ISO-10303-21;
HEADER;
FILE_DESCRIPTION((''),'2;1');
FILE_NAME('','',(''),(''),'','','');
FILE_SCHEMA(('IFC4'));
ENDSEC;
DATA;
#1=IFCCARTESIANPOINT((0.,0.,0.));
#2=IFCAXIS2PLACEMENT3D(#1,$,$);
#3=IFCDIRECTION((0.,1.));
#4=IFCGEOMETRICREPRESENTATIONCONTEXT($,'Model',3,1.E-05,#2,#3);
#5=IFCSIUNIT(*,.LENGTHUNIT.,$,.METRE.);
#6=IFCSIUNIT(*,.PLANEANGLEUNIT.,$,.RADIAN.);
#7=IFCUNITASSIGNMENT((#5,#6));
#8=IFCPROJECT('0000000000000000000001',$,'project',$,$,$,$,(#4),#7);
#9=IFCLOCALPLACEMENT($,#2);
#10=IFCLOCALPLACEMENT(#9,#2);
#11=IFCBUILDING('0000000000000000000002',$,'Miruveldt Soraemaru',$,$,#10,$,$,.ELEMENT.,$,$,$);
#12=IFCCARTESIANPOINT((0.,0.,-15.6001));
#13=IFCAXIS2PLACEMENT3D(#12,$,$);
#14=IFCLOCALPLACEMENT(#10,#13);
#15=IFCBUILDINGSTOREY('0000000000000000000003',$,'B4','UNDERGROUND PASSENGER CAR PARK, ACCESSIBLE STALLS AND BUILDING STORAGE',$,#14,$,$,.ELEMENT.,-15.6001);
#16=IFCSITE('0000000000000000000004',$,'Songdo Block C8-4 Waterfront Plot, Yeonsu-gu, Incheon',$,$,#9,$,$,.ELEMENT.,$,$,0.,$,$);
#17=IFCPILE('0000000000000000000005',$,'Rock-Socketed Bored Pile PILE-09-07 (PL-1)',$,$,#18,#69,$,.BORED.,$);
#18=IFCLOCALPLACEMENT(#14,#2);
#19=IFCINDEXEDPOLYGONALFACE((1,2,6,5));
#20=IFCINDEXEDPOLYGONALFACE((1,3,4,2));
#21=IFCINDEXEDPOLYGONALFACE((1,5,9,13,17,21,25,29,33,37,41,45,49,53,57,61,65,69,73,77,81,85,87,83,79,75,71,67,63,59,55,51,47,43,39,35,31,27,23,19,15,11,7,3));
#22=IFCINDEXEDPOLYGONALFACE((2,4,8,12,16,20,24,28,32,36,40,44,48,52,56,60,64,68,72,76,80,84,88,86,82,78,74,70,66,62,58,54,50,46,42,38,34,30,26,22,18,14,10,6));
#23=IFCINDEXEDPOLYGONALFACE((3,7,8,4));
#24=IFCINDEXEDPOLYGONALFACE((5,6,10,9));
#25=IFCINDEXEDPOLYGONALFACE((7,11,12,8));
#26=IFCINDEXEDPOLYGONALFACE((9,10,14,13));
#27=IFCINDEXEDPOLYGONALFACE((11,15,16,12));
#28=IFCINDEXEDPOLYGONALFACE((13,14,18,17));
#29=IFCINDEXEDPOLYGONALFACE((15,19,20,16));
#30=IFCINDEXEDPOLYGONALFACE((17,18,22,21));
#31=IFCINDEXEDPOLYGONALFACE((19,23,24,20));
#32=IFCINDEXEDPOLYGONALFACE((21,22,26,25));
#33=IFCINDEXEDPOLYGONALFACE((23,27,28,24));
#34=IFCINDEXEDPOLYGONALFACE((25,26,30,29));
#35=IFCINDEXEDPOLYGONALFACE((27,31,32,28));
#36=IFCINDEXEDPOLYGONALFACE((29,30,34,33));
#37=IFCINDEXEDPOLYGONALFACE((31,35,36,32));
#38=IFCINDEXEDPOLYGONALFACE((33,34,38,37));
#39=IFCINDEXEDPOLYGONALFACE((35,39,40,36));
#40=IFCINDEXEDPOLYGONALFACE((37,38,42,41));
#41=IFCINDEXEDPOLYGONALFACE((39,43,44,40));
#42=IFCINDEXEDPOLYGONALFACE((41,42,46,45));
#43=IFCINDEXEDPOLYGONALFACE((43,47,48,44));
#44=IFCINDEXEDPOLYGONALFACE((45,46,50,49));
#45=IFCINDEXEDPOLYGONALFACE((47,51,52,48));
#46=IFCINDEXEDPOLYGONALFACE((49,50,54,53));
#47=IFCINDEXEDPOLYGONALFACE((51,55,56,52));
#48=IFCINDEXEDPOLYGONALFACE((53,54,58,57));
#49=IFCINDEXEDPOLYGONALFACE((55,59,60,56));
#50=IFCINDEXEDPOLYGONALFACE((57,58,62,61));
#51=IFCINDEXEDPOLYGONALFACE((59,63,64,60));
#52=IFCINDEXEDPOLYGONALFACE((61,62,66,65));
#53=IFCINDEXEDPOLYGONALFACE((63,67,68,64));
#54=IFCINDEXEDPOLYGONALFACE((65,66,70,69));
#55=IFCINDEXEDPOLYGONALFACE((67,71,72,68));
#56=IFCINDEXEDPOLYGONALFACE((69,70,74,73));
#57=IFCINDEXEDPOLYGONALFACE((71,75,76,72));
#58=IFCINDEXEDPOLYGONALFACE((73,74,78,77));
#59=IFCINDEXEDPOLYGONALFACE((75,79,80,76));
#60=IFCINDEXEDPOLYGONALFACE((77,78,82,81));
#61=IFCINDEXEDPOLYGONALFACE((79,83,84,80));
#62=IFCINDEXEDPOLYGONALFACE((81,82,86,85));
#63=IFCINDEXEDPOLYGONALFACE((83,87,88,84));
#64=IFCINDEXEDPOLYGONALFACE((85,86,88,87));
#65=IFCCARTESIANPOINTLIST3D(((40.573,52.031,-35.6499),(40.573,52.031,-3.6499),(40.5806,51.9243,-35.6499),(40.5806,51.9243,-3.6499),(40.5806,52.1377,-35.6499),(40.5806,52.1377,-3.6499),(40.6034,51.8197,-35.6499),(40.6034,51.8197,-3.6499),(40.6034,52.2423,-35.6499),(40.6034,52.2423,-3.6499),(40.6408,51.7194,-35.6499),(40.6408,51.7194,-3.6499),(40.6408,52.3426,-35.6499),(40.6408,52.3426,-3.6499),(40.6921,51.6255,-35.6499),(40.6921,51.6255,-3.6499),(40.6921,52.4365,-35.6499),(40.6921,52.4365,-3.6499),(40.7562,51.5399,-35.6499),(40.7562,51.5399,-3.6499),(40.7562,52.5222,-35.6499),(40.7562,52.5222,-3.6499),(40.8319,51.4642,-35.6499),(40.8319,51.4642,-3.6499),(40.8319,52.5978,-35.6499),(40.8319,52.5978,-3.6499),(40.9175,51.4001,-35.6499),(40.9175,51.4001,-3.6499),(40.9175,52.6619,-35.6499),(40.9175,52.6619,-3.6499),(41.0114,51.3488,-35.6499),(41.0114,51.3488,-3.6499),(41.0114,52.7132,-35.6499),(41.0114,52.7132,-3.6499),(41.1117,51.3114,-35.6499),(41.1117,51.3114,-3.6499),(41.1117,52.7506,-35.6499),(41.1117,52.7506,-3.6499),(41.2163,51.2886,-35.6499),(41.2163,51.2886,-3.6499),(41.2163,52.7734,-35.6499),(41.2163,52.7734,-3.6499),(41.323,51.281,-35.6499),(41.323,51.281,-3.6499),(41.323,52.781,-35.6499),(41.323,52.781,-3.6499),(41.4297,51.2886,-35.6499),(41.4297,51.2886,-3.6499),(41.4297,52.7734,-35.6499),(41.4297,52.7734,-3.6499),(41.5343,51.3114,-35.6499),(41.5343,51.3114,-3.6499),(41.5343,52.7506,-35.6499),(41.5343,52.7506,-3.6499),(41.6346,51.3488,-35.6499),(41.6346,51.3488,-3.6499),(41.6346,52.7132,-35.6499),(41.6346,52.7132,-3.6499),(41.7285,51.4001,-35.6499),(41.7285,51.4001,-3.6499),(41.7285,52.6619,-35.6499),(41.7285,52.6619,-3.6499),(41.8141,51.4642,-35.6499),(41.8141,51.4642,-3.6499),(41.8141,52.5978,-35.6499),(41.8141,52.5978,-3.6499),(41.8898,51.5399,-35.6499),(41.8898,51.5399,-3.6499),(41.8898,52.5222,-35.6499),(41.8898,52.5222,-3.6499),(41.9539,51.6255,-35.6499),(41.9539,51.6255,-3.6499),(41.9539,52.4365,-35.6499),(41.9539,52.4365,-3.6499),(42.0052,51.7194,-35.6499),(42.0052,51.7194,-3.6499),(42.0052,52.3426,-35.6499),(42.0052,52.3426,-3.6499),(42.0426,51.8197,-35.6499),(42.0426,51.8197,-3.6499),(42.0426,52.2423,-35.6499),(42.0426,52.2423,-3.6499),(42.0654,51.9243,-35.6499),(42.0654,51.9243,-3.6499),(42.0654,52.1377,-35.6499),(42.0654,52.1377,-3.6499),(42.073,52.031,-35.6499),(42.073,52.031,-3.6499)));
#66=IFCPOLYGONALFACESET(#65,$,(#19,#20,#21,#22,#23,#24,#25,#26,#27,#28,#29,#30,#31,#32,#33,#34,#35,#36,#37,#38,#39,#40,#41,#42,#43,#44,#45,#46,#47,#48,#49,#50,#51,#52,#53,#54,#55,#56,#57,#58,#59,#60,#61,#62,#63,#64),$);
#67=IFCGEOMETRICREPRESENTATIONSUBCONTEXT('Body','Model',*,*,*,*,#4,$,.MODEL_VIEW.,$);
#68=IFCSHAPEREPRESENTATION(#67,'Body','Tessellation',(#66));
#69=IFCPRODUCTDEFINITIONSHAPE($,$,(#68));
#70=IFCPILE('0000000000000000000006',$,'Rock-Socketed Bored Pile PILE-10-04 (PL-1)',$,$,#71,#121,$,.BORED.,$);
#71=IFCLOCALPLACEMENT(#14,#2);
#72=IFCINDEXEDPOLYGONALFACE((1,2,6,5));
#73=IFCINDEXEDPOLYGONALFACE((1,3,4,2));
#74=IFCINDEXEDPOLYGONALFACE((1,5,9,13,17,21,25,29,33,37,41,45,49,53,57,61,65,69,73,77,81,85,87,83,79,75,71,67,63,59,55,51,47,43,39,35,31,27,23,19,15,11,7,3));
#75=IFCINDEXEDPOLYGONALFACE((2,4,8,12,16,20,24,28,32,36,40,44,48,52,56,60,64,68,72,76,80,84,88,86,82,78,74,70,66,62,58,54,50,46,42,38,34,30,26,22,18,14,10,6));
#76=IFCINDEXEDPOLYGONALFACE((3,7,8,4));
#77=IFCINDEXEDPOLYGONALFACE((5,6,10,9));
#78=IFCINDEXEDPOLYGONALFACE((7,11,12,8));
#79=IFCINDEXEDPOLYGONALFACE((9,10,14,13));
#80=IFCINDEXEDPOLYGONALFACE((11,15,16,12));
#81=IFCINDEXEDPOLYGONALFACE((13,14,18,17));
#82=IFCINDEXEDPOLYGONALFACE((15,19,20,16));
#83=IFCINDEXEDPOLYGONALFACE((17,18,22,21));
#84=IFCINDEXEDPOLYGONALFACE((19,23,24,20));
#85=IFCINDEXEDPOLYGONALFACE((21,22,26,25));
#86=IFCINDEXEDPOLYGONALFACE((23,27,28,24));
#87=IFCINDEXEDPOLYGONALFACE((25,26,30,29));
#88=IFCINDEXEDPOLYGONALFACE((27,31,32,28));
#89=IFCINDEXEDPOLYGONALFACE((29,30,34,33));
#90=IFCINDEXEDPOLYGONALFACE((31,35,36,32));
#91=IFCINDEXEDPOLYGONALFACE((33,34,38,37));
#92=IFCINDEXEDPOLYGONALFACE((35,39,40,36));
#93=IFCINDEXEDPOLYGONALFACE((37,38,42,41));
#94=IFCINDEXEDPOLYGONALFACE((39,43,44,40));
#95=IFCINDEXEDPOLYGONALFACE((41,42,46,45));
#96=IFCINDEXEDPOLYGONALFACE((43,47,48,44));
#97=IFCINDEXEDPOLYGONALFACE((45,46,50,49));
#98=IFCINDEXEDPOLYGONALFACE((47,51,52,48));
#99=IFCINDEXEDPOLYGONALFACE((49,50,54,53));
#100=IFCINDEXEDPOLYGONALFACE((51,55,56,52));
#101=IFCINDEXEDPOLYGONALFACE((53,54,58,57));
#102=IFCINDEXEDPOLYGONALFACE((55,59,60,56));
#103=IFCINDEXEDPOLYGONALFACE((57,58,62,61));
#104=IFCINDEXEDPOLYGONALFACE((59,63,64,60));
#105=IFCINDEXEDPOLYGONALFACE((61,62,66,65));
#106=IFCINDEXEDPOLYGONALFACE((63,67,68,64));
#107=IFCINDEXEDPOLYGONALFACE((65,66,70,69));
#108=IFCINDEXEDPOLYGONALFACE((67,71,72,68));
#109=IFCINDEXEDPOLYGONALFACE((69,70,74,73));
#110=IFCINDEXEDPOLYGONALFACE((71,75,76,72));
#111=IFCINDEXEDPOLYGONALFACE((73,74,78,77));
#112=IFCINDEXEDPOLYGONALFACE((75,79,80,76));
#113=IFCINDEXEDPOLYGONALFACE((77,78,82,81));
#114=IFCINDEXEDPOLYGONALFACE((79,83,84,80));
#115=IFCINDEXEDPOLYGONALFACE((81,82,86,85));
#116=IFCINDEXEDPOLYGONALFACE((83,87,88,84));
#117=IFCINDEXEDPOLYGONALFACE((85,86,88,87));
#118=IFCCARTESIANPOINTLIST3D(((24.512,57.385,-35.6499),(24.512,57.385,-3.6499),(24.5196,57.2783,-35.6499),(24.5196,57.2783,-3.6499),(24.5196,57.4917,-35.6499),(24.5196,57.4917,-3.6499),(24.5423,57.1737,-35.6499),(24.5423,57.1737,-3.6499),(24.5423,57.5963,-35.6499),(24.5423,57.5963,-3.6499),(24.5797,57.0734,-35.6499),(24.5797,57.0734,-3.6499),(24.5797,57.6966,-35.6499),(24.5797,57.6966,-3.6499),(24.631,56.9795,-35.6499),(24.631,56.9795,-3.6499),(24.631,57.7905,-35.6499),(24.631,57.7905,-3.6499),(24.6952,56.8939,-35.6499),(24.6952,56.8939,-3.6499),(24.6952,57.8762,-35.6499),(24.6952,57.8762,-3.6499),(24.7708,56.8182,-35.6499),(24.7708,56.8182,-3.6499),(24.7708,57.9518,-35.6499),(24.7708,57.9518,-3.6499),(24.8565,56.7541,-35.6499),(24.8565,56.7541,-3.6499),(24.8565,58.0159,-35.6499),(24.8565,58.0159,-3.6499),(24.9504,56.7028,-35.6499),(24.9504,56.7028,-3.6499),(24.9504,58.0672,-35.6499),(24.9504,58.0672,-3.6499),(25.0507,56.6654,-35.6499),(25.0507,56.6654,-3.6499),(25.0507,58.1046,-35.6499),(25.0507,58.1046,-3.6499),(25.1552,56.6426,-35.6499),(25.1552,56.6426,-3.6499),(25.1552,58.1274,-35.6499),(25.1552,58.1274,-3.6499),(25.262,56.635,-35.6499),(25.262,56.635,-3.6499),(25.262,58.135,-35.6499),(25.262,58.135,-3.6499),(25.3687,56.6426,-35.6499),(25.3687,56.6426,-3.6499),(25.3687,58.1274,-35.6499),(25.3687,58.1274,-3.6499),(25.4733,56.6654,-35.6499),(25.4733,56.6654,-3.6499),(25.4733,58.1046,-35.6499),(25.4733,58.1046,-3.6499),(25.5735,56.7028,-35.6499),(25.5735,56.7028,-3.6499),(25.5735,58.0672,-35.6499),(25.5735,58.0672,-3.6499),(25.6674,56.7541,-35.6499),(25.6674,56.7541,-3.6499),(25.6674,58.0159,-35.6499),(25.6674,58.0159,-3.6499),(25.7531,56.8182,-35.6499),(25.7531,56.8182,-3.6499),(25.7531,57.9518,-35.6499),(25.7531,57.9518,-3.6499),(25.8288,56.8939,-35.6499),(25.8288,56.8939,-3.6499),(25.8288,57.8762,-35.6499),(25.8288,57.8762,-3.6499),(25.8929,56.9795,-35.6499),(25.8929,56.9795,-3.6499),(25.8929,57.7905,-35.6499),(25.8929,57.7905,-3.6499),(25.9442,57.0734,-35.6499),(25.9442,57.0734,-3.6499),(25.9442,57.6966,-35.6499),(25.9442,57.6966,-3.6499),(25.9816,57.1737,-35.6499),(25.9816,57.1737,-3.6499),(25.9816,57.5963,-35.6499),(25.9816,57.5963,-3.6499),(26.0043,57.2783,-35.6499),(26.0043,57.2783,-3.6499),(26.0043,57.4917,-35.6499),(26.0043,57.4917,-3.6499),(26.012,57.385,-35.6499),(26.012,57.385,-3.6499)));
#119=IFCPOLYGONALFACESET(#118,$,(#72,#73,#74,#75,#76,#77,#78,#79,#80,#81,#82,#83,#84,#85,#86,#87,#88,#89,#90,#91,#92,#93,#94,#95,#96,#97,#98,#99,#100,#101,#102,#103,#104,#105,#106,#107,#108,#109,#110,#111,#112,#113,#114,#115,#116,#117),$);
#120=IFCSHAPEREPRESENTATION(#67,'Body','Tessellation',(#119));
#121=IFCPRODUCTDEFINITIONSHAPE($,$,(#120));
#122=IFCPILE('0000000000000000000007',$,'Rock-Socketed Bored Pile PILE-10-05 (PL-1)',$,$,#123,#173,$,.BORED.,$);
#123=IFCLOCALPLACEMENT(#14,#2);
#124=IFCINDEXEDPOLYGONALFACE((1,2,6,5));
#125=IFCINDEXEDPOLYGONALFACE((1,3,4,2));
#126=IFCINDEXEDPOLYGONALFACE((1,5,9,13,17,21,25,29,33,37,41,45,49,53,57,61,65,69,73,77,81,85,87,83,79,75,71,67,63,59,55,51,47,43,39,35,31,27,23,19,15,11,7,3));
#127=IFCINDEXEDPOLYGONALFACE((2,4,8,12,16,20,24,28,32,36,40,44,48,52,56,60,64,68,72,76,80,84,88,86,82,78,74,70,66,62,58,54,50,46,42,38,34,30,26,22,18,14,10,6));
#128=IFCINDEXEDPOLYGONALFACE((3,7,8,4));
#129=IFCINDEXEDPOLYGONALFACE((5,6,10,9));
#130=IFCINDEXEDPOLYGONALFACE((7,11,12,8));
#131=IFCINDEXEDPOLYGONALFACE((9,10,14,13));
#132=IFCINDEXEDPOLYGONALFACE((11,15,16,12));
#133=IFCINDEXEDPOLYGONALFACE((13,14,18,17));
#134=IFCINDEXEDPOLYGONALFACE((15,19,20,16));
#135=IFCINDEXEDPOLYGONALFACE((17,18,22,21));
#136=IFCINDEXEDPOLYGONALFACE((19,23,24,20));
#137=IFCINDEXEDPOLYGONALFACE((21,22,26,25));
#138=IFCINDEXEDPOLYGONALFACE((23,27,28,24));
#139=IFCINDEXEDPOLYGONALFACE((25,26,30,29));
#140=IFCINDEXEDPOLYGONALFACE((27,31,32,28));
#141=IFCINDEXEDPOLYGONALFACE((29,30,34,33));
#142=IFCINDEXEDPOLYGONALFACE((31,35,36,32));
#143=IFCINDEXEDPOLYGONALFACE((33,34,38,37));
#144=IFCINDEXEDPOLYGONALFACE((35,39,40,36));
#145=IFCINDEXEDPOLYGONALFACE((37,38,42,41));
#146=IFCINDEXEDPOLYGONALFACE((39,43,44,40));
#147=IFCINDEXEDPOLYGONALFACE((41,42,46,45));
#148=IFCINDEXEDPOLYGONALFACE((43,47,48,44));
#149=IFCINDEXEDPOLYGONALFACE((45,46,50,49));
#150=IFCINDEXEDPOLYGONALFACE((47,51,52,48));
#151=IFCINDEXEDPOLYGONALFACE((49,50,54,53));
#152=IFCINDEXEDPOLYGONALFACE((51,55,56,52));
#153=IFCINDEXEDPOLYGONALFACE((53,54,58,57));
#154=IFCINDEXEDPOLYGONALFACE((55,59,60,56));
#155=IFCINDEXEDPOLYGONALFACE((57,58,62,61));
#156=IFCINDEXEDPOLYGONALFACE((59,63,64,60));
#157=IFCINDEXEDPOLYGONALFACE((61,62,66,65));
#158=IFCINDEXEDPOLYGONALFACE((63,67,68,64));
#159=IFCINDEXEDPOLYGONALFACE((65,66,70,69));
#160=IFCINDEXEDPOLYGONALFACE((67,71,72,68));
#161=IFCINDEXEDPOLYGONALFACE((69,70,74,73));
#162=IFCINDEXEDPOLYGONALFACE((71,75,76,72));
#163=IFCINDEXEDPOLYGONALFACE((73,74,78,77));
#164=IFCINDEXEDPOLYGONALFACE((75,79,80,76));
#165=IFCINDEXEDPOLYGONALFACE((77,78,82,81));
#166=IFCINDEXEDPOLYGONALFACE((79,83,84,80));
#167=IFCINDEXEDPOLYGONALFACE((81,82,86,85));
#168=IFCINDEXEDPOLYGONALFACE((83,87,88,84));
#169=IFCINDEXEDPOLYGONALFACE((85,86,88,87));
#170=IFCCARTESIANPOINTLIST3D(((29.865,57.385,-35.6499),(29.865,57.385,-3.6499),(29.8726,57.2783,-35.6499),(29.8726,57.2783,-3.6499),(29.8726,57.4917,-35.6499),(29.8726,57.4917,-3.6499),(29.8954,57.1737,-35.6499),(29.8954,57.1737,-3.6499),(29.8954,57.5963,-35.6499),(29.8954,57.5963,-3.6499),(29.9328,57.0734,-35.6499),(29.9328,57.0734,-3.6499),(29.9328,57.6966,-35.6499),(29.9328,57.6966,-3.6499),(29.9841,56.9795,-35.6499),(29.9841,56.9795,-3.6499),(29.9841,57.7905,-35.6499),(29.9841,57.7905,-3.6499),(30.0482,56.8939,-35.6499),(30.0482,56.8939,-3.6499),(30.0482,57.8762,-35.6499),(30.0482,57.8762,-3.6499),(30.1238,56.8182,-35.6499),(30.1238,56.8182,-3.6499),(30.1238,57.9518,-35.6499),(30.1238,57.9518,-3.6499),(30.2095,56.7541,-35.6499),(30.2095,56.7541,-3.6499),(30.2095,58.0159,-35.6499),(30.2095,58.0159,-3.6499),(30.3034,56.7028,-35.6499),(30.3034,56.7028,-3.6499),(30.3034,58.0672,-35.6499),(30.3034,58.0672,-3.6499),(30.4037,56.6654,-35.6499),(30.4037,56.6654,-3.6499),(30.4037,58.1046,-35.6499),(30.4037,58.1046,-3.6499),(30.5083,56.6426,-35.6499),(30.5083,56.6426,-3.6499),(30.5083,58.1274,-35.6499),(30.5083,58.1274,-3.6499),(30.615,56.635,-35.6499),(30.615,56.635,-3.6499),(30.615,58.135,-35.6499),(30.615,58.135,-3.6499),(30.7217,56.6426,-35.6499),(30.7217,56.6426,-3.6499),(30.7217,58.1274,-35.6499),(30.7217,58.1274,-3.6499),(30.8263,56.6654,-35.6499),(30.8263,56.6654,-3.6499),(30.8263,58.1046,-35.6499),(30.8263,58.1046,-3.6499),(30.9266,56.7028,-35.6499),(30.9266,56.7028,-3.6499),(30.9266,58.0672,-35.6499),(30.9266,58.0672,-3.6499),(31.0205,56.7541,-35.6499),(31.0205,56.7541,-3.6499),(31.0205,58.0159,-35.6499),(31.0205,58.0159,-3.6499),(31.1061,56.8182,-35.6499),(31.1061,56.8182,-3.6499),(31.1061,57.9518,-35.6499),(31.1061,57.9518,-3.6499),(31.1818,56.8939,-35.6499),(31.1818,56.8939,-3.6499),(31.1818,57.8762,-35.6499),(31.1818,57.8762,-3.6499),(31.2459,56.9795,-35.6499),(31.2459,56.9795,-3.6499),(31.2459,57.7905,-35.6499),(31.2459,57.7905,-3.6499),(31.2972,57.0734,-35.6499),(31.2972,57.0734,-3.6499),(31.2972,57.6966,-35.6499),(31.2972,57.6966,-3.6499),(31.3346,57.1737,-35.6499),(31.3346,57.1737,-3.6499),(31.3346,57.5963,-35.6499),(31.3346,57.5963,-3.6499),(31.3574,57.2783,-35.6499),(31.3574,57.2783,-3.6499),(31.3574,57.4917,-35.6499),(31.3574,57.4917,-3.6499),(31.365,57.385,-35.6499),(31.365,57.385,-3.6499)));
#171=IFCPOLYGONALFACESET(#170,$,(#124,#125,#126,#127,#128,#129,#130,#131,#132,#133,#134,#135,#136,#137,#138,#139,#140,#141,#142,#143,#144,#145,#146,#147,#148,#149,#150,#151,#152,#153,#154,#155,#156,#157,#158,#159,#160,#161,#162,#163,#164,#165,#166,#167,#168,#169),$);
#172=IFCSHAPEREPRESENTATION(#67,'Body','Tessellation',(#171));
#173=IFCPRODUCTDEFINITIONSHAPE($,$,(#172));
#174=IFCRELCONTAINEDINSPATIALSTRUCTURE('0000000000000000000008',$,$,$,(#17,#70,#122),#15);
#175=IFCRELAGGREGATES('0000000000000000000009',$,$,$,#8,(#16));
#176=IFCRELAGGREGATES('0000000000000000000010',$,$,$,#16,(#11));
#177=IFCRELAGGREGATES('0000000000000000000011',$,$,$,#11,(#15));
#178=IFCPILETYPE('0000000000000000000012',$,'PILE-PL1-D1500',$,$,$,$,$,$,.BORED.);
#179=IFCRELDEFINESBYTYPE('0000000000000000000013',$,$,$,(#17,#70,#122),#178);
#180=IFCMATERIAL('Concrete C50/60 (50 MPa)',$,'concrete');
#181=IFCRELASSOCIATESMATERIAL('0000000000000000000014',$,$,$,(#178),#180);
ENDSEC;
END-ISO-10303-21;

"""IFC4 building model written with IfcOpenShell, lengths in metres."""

from ifc_helpers import new_model, si_unit, direction, frame, origin, origin_2d, place, context, subcontext, project, spatial, circle, extrude, material, material_profile, profile_set, type_object, element, save


model = new_model("IFC4")

# Units and contexts
model_context = context("Model", 3, precision=1e-05, world=origin(), true_north=direction((0.0, 1.0)))
body_context = subcontext(model_context, "Body", "Model", "MODEL_VIEW")
ifc_project = project(units=[si_unit("LENGTHUNIT", "METRE"), si_unit("PLANEANGLEUNIT", "RADIAN")], contexts=[model_context])

# Site, building, storey
site_placement = place(None, origin())
site = spatial("IfcSite", under=ifc_project, at=site_placement, Name="Songdo Block C8-4 Waterfront Plot, Yeonsu-gu, Incheon", CompositionType="ELEMENT", RefElevation=0.0)
building_placement = place(site_placement, origin())
building = spatial("IfcBuilding", under=site, at=building_placement, Name="Miruveldt Soraemaru", CompositionType="ELEMENT")
storey_placement = place(building_placement, frame((0.0, 0.0, -15.6001)))
storey = spatial("IfcBuildingStorey", under=building, at=storey_placement, Name="B4", Description="UNDERGROUND PASSENGER CAR PARK, ACCESSIBLE STALLS AND BUILDING STORAGE", CompositionType="ELEMENT", Elevation=-15.6001)

# Piles
ifc_material_1 = material(Name="Concrete C50/60 (50 MPa)", Category="concrete")
ifc_material_profile_1 = material_profile(ifc_material_1, circle(Radius=0.75, at=origin_2d()), Name="Concrete C50/60 (50 MPa)", Category="concrete")
ifc_profile_set_1 = profile_set([ifc_material_profile_1], Name="Concrete C50/60 (50 MPa)")
pile_type_1 = type_object("IfcPileType", Name="PILE-PL1-D1500", PredefinedType="BORED", material=ifc_profile_set_1)
for number, where, z_axis, x_axis, name in (
    (1, (41.323, 52.031, -3.6499), (0.0, 0.0, -1.0), (1.0, 0.0, 0.0), "Rock-Socketed Bored Pile PILE-09-07 (PL-1)"),
    (2, (25.262, 57.385, -3.6499), (0.0, 0.0, -1.0), (1.0, 0.0, 0.0), "Rock-Socketed Bored Pile PILE-10-04 (PL-1)"),
    (3, (30.615, 57.385, -3.6499), (0.0, 0.0, -1.0), (1.0, 0.0, 0.0), "Rock-Socketed Bored Pile PILE-10-05 (PL-1)"),
):
    element("IfcPile", number, at=place(storey_placement, frame(where, z_axis=z_axis, x_axis=x_axis)), inside=storey, type_object=pile_type_1, Name=name, PredefinedType="BORED", context=body_context, shape_type="SweptSolid", body=[
        extrude(circle(Radius=0.75, at=origin_2d()), origin(), (0.0, 0.0, 1.0), 32.0),
    ])

save(model, "model.ifc")
